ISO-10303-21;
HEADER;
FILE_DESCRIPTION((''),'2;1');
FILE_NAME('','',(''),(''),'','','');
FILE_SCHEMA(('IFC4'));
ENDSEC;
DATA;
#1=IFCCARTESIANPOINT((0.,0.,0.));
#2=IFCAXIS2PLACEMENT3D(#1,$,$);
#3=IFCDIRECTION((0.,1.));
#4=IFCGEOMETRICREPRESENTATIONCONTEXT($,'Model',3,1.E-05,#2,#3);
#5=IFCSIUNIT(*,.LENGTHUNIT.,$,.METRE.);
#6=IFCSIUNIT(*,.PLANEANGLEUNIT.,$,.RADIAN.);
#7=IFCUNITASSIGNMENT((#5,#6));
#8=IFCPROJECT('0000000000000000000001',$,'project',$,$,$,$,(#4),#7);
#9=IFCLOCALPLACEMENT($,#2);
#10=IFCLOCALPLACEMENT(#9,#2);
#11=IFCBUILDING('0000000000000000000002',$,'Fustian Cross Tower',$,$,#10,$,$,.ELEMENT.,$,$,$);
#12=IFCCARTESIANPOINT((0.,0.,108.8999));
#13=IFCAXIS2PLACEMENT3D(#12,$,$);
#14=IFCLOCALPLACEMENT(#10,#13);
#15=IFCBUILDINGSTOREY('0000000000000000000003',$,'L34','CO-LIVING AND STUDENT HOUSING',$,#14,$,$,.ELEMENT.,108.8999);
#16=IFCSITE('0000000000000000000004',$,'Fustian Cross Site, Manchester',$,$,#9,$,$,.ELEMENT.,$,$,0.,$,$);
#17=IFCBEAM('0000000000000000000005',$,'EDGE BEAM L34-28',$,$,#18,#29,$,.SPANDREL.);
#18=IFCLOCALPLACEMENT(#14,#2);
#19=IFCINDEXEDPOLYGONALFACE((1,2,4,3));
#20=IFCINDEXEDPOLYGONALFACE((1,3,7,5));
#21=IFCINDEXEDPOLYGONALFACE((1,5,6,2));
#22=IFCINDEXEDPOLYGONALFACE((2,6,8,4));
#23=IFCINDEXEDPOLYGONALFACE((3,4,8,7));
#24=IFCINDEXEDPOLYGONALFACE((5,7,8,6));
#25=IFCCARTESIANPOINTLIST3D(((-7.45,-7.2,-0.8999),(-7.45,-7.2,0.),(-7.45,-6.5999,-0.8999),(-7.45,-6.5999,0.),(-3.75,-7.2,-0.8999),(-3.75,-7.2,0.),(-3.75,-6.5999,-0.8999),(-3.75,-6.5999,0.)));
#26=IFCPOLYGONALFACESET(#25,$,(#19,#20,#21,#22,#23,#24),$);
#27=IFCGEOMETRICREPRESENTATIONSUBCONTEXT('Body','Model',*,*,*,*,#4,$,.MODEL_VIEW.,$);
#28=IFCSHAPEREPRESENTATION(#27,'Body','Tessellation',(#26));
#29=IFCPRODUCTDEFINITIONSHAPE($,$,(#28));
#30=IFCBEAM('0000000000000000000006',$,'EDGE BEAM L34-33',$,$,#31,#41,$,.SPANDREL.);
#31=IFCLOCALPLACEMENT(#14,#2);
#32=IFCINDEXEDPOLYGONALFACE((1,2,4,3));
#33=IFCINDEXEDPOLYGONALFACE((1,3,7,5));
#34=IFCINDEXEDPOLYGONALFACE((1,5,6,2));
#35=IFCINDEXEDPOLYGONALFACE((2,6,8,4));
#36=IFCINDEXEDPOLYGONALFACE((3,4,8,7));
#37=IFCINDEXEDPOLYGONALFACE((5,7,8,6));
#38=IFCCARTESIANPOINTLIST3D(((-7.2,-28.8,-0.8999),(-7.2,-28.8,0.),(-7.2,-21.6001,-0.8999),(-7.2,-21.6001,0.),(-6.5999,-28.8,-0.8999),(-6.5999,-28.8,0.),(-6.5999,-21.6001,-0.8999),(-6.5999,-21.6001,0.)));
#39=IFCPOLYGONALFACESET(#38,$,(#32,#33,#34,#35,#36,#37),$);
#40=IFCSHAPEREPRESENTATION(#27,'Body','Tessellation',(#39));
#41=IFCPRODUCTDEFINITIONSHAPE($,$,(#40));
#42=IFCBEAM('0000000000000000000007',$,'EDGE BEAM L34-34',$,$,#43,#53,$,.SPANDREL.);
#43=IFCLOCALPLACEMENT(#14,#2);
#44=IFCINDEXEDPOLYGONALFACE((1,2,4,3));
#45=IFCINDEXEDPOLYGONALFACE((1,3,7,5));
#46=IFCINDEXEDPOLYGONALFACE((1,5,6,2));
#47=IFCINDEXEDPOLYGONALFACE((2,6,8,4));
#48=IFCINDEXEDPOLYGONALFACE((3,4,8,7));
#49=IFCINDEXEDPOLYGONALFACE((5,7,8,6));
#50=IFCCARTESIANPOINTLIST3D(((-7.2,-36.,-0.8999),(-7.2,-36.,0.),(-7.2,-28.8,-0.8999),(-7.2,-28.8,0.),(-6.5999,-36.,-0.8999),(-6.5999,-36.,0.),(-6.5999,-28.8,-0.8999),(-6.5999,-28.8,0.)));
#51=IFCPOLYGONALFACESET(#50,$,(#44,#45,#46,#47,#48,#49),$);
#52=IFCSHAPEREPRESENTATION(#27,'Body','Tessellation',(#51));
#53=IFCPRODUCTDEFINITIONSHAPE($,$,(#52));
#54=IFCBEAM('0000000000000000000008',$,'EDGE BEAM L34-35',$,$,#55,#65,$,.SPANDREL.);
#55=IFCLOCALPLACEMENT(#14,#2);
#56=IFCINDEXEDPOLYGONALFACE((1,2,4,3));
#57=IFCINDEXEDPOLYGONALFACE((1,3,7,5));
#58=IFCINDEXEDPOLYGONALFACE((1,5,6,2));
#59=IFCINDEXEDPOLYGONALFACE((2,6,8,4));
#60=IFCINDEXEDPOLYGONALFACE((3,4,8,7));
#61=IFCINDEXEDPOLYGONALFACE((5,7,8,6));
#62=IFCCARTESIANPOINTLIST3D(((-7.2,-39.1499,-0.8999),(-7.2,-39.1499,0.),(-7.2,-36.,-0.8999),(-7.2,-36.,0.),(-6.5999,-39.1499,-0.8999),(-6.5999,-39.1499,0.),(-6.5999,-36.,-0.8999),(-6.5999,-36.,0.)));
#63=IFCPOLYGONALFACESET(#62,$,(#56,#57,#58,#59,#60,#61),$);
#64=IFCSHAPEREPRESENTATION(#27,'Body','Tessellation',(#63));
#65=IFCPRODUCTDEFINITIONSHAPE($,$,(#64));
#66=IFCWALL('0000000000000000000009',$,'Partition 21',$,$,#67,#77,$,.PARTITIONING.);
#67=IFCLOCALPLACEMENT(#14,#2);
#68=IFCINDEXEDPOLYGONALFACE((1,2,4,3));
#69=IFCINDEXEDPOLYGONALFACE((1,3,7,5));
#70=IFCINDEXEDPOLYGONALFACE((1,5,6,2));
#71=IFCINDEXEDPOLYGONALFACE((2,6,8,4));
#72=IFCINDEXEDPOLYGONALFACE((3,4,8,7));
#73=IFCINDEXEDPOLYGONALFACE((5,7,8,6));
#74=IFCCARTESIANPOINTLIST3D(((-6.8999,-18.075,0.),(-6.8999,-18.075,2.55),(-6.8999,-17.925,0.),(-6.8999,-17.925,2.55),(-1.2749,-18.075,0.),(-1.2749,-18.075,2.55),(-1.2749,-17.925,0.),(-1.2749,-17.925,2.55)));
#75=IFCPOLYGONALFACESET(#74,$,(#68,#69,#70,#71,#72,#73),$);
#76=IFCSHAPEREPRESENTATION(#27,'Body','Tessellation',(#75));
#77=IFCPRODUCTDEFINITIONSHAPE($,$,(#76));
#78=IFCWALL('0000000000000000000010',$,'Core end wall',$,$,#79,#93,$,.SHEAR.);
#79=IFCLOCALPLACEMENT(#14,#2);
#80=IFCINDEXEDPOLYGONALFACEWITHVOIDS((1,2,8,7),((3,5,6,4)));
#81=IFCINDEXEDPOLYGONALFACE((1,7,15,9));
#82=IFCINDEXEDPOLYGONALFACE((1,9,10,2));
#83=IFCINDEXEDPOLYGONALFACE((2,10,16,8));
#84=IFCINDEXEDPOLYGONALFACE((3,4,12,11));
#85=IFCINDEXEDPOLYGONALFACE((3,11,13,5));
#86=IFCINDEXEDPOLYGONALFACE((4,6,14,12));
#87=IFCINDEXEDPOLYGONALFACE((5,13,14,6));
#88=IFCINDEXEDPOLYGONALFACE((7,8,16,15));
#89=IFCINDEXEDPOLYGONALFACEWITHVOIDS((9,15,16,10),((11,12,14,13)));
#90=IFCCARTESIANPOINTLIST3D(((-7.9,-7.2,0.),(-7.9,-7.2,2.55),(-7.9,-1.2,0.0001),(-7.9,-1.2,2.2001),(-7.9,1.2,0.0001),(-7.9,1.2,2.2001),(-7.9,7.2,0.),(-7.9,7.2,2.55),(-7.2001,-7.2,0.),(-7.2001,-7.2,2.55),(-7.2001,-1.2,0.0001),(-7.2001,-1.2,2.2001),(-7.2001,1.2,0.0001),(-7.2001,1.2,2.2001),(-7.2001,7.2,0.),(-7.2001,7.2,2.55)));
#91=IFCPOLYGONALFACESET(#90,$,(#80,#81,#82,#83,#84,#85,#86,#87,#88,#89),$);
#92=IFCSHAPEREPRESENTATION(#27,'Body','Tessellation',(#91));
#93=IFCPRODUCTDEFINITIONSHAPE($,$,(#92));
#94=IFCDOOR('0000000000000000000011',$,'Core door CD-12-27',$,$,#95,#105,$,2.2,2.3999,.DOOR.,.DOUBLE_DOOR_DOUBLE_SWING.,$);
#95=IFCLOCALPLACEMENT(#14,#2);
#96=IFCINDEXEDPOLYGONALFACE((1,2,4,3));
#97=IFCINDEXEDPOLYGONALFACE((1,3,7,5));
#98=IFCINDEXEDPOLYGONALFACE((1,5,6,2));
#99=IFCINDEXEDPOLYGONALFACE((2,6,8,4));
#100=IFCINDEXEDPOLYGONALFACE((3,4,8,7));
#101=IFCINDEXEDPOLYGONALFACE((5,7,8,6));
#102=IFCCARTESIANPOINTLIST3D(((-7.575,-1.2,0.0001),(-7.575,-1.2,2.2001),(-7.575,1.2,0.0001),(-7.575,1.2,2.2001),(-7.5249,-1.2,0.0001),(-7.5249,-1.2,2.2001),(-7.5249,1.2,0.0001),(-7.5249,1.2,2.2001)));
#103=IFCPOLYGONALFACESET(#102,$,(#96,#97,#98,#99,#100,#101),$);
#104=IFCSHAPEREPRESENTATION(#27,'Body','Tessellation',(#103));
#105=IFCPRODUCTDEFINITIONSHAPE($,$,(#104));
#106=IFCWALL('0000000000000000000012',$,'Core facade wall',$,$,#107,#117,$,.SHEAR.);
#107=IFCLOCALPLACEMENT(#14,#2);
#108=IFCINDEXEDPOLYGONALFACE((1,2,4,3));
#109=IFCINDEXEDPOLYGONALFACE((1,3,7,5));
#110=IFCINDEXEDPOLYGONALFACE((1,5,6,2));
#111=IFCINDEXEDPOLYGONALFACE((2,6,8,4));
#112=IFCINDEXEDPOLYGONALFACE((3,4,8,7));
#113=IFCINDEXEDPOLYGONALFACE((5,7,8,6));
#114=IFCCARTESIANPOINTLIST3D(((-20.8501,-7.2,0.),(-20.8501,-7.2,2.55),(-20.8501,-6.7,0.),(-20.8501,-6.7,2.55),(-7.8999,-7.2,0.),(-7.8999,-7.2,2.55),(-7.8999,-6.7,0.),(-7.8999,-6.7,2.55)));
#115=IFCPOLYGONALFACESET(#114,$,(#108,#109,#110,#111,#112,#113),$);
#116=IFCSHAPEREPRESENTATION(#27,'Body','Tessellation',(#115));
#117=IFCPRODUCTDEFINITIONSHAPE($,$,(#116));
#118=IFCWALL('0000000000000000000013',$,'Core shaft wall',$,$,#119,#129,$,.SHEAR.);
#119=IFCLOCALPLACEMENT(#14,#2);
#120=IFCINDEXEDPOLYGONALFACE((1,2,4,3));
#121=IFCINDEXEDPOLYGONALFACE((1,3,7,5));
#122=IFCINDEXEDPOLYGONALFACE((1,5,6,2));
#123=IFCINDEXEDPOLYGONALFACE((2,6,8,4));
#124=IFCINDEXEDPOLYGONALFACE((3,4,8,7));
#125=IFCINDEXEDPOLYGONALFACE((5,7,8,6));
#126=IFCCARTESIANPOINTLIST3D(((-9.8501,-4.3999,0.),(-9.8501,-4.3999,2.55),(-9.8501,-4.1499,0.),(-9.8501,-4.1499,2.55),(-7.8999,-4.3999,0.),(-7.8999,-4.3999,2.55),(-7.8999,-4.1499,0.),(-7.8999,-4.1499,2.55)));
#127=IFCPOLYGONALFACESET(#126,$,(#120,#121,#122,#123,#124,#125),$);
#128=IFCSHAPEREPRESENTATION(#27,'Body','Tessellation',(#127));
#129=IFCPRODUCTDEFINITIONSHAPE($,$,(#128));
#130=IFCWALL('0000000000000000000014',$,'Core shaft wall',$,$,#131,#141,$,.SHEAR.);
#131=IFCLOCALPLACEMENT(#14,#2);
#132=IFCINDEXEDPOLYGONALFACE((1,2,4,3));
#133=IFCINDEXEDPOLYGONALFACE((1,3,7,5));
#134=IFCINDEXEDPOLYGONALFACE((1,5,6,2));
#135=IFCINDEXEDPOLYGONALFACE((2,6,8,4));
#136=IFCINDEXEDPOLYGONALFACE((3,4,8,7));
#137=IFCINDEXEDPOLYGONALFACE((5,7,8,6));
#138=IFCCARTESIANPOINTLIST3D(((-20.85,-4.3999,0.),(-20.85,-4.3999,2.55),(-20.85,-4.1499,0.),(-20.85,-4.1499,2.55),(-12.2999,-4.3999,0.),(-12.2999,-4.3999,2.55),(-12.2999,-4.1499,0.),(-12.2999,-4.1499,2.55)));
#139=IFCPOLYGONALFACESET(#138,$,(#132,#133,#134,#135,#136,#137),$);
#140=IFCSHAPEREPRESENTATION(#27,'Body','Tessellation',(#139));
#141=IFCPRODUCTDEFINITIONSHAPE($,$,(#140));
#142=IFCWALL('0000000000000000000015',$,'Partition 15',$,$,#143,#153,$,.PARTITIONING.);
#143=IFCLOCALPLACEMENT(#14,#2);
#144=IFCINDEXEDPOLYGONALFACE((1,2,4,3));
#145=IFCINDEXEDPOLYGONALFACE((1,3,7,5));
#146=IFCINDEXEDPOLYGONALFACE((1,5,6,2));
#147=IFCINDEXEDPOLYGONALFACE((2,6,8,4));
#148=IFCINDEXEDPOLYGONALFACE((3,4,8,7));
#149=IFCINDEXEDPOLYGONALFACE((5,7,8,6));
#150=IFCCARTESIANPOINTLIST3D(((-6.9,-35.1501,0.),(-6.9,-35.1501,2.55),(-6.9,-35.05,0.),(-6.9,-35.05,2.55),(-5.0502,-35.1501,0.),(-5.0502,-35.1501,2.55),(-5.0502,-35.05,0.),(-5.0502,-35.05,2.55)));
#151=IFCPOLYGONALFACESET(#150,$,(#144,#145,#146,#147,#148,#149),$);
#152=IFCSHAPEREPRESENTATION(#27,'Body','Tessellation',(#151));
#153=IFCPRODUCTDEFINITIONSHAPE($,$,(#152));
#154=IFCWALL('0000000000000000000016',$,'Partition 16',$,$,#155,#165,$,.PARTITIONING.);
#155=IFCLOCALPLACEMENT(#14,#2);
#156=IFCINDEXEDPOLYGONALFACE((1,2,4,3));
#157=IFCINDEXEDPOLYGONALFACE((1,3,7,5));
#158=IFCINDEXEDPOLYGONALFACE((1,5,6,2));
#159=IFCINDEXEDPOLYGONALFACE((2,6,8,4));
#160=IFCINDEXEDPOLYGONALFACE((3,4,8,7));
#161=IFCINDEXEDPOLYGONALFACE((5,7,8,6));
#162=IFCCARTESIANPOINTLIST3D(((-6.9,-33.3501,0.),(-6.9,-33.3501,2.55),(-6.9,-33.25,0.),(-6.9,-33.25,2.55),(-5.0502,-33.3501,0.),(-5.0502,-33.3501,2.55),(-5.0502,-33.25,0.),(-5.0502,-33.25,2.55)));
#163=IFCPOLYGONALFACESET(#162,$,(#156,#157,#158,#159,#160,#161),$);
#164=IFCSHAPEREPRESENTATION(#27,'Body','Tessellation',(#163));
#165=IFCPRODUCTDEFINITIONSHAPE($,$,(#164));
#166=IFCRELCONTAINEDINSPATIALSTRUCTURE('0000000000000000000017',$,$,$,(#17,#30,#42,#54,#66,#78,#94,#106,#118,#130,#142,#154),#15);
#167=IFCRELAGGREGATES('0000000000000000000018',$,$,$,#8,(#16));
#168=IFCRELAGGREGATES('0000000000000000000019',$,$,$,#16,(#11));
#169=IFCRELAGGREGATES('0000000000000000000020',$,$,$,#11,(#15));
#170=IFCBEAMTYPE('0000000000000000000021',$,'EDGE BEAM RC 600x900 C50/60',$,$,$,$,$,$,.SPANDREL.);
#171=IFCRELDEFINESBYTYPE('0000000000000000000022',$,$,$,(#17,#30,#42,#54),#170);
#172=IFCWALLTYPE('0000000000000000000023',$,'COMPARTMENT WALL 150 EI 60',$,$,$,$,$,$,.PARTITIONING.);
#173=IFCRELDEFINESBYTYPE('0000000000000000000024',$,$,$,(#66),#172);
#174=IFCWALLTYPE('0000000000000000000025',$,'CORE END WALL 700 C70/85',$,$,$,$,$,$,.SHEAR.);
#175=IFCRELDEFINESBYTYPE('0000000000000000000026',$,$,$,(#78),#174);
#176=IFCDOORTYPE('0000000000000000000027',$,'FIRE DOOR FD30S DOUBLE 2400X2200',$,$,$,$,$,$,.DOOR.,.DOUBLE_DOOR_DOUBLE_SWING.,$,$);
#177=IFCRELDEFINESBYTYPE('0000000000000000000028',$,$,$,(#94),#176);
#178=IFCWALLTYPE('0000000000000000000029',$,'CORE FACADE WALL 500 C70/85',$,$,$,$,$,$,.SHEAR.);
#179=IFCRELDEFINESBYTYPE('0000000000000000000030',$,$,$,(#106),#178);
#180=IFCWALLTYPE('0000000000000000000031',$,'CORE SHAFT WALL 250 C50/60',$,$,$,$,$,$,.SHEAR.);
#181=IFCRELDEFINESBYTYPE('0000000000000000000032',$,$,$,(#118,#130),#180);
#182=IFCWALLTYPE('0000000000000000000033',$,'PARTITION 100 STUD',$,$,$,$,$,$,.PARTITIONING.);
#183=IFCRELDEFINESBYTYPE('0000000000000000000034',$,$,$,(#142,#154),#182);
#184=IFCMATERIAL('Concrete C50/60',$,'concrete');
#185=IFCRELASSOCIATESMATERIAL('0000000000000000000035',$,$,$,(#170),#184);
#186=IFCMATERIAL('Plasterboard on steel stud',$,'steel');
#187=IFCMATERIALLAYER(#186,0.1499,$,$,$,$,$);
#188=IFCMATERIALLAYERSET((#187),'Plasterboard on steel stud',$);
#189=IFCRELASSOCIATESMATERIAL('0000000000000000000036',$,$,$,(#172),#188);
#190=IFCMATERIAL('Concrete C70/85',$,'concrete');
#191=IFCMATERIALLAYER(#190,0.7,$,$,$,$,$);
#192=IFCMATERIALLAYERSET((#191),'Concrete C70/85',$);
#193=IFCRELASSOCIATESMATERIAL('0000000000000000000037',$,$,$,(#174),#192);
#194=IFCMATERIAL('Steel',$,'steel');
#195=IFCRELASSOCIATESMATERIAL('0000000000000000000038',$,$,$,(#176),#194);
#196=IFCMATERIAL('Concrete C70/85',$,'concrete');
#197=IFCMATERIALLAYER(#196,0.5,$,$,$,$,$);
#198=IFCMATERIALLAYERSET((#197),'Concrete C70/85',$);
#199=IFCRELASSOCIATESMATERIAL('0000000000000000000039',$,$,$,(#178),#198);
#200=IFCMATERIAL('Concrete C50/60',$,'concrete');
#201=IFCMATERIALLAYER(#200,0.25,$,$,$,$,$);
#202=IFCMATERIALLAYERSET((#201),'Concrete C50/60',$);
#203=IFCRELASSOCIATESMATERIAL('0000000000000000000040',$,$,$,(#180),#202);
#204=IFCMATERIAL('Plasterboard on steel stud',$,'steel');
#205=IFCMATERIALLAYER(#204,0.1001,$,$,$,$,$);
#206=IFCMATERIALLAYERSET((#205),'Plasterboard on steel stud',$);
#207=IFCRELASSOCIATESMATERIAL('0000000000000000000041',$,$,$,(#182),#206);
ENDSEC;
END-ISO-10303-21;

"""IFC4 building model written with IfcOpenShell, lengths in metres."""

from ifc_helpers import new_model, si_unit, direction, frame, frame_2d, origin, origin_2d, place, context, subcontext, project, spatial, rectangle, extrude, material, layer, layer_set, material_profile, profile_set, type_object, element, fill, save


model = new_model("IFC4")

# Units and contexts
model_context = context("Model", 3, precision=1e-05, world=origin(), true_north=direction((0.0, 1.0)))
body_context = subcontext(model_context, "Body", "Model", "MODEL_VIEW")
ifc_project = project(units=[si_unit("LENGTHUNIT", "METRE"), si_unit("PLANEANGLEUNIT", "RADIAN")], contexts=[model_context])

# Site, building, storey
site_placement = place(None, origin())
site = spatial("IfcSite", under=ifc_project, at=site_placement, Name="Fustian Cross Site, Manchester", CompositionType="ELEMENT", RefElevation=0.0)
building_placement = place(site_placement, origin())
building = spatial("IfcBuilding", under=site, at=building_placement, Name="Fustian Cross Tower", CompositionType="ELEMENT")
storey_placement = place(building_placement, frame((0.0, 0.0, 108.8999)))
storey = spatial("IfcBuildingStorey", under=building, at=storey_placement, Name="L34", Description="CO-LIVING AND STUDENT HOUSING", CompositionType="ELEMENT", Elevation=108.8999)

# Beams
ifc_material_1 = material(Name="Concrete C50/60", Category="concrete")
ifc_material_profile = material_profile(ifc_material_1, rectangle(XDim=0.6001, YDim=0.8999, at=origin_2d()), Name="RC 600x900")
ifc_profile_set = profile_set([ifc_material_profile], Name="Concrete C50/60")
beam_type = type_object("IfcBeamType", Name="EDGE BEAM RC 600x900 C50/60", PredefinedType="SPANDREL", material=ifc_profile_set)
beam_1_placement = place(storey_placement, frame((-7.45, -6.8999, -0.45), z_axis=(1.0, 0.0, 0.0), x_axis=(0.0, 1.0, 0.0)))
element("IfcBeam", 1, at=beam_1_placement, inside=storey, type_object=beam_type, Name="EDGE BEAM L34-28", PredefinedType="SPANDREL", context=body_context, shape_type="SweptSolid", body=[
    extrude(rectangle(XDim=0.6001, YDim=0.8999, at=origin_2d()), origin(), (0.0, 0.0, 1.0), 3.7),
])
for number, where, z_axis, x_axis, name in (
    (2, (-6.8999, -21.6001, -0.45), (0.0, -1.0, 0.0), (1.0, 0.0, 0.0), "EDGE BEAM L34-33"),
    (3, (-6.8999, -28.8, -0.45), (0.0, -1.0, 0.0), (1.0, 0.0, 0.0), "EDGE BEAM L34-34"),
):
    element("IfcBeam", number, at=place(storey_placement, frame(where, z_axis=z_axis, x_axis=x_axis)), inside=storey, type_object=beam_type, Name=name, PredefinedType="SPANDREL", context=body_context, shape_type="SweptSolid", body=[
        extrude(rectangle(XDim=0.6001, YDim=0.8999, at=origin_2d()), origin(), (0.0, 0.0, 1.0), 7.2),
    ])
beam_2_placement = place(storey_placement, frame((-6.8999, -36.0, -0.45), z_axis=(0.0, -1.0, 0.0), x_axis=(1.0, 0.0, 0.0)))
element("IfcBeam", 4, at=beam_2_placement, inside=storey, type_object=beam_type, Name="EDGE BEAM L34-35", PredefinedType="SPANDREL", context=body_context, shape_type="SweptSolid", body=[
    extrude(rectangle(XDim=0.6001, YDim=0.8999, at=origin_2d()), origin(), (0.0, 0.0, 1.0), 3.1499),
])

# Wall
ifc_material_2 = material(Name="Plasterboard on steel stud", Category="steel")
ifc_layer_1 = layer(ifc_material_2, 0.1499)
ifc_layer_set_1 = layer_set([ifc_layer_1], Name="Plasterboard on steel stud")
wall_type_1 = type_object("IfcWallType", Name="COMPARTMENT WALL 150 EI 60", PredefinedType="PARTITIONING", material=ifc_layer_set_1)
wall_1_placement = place(storey_placement, frame((-6.8999, -18.0, 0.0), z_axis=(0.0, 0.0, 1.0), x_axis=(1.0, 0.0, 0.0)))
element("IfcWall", 5, at=wall_1_placement, inside=storey, type_object=wall_type_1, Name="Partition 21", PredefinedType="PARTITIONING", context=body_context, shape_type="SweptSolid", body=[
    extrude(rectangle(XDim=5.625, YDim=0.1499, at=frame_2d((2.8125, 0.0))), origin(), (0.0, 0.0, 1.0), 2.55),
])

# Wall, opening, door
ifc_material_3 = material(Name="Concrete C70/85", Category="concrete")
ifc_layer_2 = layer(ifc_material_3, 0.7)
ifc_layer_set_2 = layer_set([ifc_layer_2], Name="Concrete C70/85")
wall_type_2 = type_object("IfcWallType", Name="CORE END WALL 700 C70/85", PredefinedType="SHEAR", material=ifc_layer_set_2)
wall_2_placement = place(storey_placement, frame((-7.55, -7.2, 0.0), z_axis=(0.0, 0.0, 1.0), x_axis=(0.0, 1.0, 0.0)))
wall_2 = element("IfcWall", 6, at=wall_2_placement, inside=storey, type_object=wall_type_2, Name="Core end wall", PredefinedType="SHEAR", context=body_context, shape_type="SweptSolid", body=[
    extrude(rectangle(XDim=14.3999, YDim=0.7, at=frame_2d((7.2, 0.0))), origin(), (0.0, 0.0, 1.0), 2.55),
])
opening_1_placement = place(wall_2_placement, frame((6.0, 0.0, 0.0)))
opening_1 = element("IfcOpeningElement", 7, at=opening_1_placement, cuts=wall_2, PredefinedType="OPENING", context=body_context, shape_type="SweptSolid", body=[
    extrude(rectangle(XDim=2.3999, YDim=2.2, at=frame_2d((1.2, 1.1001))), frame((0.0, 0.3599, 0.0), z_axis=(0.0, -1.0, 0.0), x_axis=(1.0, 0.0, 0.0)), (0.0, 0.0, 1.0), 0.72),
])
ifc_material_4 = material(Name="Steel", Category="steel")
door_type_1 = type_object("IfcDoorType", Name="FIRE DOOR FD30S DOUBLE 2400X2200", OperationType="DOUBLE_DOOR_DOUBLE_SWING", PredefinedType="DOOR", material=ifc_material_4)
door_1_placement = place(opening_1_placement, origin())
door_1 = element("IfcDoor", 8, at=door_1_placement, inside=storey, type_object=door_type_1, Name="Core door CD-12-27", OperationType="DOUBLE_DOOR_DOUBLE_SWING", OverallHeight=2.2, OverallWidth=2.3999, PredefinedType="DOOR", context=body_context, shape_type="SweptSolid", body=[
    extrude(rectangle(XDim=2.3999, YDim=2.2, at=frame_2d((1.2, 1.1001))), frame((0.0, 0.0249, 0.0), z_axis=(0.0, -1.0, 0.0), x_axis=(1.0, 0.0, 0.0)), (0.0, 0.0, 1.0), 0.05),
])
fill(opening_1, door_1)

# Walls
ifc_material_5 = material(Name="Concrete C70/85", Category="concrete")
ifc_layer_3 = layer(ifc_material_5, 0.5)
ifc_layer_set_3 = layer_set([ifc_layer_3], Name="Concrete C70/85")
wall_type_3 = type_object("IfcWallType", Name="CORE FACADE WALL 500 C70/85", PredefinedType="SHEAR", material=ifc_layer_set_3)
wall_3_placement = place(storey_placement, frame((-7.8999, -6.95, 0.0), z_axis=(0.0, 0.0, 1.0), x_axis=(-1.0, 0.0, 0.0)))
element("IfcWall", 9, at=wall_3_placement, inside=storey, type_object=wall_type_3, Name="Core facade wall", PredefinedType="SHEAR", context=body_context, shape_type="SweptSolid", body=[
    extrude(rectangle(XDim=12.9502, YDim=0.5, at=frame_2d((6.4751, 0.0))), origin(), (0.0, 0.0, 1.0), 2.55),
])
ifc_material_6 = material(Name="Concrete C50/60", Category="concrete")
ifc_layer_4 = layer(ifc_material_6, 0.25)
ifc_layer_set_4 = layer_set([ifc_layer_4], Name="Concrete C50/60")
wall_type_4 = type_object("IfcWallType", Name="CORE SHAFT WALL 250 C50/60", PredefinedType="SHEAR", material=ifc_layer_set_4)
wall_4_placement = place(storey_placement, frame((-7.8999, -4.2749, 0.0), z_axis=(0.0, 0.0, 1.0), x_axis=(-1.0, 0.0, 0.0)))
element("IfcWall", 10, at=wall_4_placement, inside=storey, type_object=wall_type_4, Name="Core shaft wall", PredefinedType="SHEAR", context=body_context, shape_type="SweptSolid", body=[
    extrude(rectangle(XDim=1.9502, YDim=0.25, at=frame_2d((0.9751, 0.0))), origin(), (0.0, 0.0, 1.0), 2.55),
])
wall_5_placement = place(storey_placement, frame((-12.3, -4.2749, 0.0), z_axis=(0.0, 0.0, 1.0), x_axis=(-1.0, 0.0, 0.0)))
element("IfcWall", 11, at=wall_5_placement, inside=storey, type_object=wall_type_4, Name="Core shaft wall", PredefinedType="SHEAR", context=body_context, shape_type="SweptSolid", body=[
    extrude(rectangle(XDim=8.55, YDim=0.25, at=frame_2d((4.2749, 0.0))), origin(), (0.0, 0.0, 1.0), 2.55),
])
ifc_material_7 = material(Name="Plasterboard on steel stud", Category="steel")
ifc_layer_5 = layer(ifc_material_7, 0.1001)
ifc_layer_set_5 = layer_set([ifc_layer_5], Name="Plasterboard on steel stud")
wall_type_5 = type_object("IfcWallType", Name="PARTITION 100 STUD", PredefinedType="PARTITIONING", material=ifc_layer_set_5)
for number, where, z_axis, x_axis, name in (
    (12, (-6.8999, -35.1001, 0.0), (0.0, 0.0, 1.0), (1.0, 0.0, 0.0), "Partition 15"),
    (13, (-6.8999, -33.3, 0.0), (0.0, 0.0, 1.0), (1.0, 0.0, 0.0), "Partition 16"),
):
    element("IfcWall", number, at=place(storey_placement, frame(where, z_axis=z_axis, x_axis=x_axis)), inside=storey, type_object=wall_type_5, Name=name, PredefinedType="PARTITIONING", context=body_context, shape_type="SweptSolid", body=[
        extrude(rectangle(XDim=1.8499, YDim=0.1001, at=frame_2d((0.9248, 0.0))), origin(), (0.0, 0.0, 1.0), 2.55),
    ])

save(model, "model.ifc")
